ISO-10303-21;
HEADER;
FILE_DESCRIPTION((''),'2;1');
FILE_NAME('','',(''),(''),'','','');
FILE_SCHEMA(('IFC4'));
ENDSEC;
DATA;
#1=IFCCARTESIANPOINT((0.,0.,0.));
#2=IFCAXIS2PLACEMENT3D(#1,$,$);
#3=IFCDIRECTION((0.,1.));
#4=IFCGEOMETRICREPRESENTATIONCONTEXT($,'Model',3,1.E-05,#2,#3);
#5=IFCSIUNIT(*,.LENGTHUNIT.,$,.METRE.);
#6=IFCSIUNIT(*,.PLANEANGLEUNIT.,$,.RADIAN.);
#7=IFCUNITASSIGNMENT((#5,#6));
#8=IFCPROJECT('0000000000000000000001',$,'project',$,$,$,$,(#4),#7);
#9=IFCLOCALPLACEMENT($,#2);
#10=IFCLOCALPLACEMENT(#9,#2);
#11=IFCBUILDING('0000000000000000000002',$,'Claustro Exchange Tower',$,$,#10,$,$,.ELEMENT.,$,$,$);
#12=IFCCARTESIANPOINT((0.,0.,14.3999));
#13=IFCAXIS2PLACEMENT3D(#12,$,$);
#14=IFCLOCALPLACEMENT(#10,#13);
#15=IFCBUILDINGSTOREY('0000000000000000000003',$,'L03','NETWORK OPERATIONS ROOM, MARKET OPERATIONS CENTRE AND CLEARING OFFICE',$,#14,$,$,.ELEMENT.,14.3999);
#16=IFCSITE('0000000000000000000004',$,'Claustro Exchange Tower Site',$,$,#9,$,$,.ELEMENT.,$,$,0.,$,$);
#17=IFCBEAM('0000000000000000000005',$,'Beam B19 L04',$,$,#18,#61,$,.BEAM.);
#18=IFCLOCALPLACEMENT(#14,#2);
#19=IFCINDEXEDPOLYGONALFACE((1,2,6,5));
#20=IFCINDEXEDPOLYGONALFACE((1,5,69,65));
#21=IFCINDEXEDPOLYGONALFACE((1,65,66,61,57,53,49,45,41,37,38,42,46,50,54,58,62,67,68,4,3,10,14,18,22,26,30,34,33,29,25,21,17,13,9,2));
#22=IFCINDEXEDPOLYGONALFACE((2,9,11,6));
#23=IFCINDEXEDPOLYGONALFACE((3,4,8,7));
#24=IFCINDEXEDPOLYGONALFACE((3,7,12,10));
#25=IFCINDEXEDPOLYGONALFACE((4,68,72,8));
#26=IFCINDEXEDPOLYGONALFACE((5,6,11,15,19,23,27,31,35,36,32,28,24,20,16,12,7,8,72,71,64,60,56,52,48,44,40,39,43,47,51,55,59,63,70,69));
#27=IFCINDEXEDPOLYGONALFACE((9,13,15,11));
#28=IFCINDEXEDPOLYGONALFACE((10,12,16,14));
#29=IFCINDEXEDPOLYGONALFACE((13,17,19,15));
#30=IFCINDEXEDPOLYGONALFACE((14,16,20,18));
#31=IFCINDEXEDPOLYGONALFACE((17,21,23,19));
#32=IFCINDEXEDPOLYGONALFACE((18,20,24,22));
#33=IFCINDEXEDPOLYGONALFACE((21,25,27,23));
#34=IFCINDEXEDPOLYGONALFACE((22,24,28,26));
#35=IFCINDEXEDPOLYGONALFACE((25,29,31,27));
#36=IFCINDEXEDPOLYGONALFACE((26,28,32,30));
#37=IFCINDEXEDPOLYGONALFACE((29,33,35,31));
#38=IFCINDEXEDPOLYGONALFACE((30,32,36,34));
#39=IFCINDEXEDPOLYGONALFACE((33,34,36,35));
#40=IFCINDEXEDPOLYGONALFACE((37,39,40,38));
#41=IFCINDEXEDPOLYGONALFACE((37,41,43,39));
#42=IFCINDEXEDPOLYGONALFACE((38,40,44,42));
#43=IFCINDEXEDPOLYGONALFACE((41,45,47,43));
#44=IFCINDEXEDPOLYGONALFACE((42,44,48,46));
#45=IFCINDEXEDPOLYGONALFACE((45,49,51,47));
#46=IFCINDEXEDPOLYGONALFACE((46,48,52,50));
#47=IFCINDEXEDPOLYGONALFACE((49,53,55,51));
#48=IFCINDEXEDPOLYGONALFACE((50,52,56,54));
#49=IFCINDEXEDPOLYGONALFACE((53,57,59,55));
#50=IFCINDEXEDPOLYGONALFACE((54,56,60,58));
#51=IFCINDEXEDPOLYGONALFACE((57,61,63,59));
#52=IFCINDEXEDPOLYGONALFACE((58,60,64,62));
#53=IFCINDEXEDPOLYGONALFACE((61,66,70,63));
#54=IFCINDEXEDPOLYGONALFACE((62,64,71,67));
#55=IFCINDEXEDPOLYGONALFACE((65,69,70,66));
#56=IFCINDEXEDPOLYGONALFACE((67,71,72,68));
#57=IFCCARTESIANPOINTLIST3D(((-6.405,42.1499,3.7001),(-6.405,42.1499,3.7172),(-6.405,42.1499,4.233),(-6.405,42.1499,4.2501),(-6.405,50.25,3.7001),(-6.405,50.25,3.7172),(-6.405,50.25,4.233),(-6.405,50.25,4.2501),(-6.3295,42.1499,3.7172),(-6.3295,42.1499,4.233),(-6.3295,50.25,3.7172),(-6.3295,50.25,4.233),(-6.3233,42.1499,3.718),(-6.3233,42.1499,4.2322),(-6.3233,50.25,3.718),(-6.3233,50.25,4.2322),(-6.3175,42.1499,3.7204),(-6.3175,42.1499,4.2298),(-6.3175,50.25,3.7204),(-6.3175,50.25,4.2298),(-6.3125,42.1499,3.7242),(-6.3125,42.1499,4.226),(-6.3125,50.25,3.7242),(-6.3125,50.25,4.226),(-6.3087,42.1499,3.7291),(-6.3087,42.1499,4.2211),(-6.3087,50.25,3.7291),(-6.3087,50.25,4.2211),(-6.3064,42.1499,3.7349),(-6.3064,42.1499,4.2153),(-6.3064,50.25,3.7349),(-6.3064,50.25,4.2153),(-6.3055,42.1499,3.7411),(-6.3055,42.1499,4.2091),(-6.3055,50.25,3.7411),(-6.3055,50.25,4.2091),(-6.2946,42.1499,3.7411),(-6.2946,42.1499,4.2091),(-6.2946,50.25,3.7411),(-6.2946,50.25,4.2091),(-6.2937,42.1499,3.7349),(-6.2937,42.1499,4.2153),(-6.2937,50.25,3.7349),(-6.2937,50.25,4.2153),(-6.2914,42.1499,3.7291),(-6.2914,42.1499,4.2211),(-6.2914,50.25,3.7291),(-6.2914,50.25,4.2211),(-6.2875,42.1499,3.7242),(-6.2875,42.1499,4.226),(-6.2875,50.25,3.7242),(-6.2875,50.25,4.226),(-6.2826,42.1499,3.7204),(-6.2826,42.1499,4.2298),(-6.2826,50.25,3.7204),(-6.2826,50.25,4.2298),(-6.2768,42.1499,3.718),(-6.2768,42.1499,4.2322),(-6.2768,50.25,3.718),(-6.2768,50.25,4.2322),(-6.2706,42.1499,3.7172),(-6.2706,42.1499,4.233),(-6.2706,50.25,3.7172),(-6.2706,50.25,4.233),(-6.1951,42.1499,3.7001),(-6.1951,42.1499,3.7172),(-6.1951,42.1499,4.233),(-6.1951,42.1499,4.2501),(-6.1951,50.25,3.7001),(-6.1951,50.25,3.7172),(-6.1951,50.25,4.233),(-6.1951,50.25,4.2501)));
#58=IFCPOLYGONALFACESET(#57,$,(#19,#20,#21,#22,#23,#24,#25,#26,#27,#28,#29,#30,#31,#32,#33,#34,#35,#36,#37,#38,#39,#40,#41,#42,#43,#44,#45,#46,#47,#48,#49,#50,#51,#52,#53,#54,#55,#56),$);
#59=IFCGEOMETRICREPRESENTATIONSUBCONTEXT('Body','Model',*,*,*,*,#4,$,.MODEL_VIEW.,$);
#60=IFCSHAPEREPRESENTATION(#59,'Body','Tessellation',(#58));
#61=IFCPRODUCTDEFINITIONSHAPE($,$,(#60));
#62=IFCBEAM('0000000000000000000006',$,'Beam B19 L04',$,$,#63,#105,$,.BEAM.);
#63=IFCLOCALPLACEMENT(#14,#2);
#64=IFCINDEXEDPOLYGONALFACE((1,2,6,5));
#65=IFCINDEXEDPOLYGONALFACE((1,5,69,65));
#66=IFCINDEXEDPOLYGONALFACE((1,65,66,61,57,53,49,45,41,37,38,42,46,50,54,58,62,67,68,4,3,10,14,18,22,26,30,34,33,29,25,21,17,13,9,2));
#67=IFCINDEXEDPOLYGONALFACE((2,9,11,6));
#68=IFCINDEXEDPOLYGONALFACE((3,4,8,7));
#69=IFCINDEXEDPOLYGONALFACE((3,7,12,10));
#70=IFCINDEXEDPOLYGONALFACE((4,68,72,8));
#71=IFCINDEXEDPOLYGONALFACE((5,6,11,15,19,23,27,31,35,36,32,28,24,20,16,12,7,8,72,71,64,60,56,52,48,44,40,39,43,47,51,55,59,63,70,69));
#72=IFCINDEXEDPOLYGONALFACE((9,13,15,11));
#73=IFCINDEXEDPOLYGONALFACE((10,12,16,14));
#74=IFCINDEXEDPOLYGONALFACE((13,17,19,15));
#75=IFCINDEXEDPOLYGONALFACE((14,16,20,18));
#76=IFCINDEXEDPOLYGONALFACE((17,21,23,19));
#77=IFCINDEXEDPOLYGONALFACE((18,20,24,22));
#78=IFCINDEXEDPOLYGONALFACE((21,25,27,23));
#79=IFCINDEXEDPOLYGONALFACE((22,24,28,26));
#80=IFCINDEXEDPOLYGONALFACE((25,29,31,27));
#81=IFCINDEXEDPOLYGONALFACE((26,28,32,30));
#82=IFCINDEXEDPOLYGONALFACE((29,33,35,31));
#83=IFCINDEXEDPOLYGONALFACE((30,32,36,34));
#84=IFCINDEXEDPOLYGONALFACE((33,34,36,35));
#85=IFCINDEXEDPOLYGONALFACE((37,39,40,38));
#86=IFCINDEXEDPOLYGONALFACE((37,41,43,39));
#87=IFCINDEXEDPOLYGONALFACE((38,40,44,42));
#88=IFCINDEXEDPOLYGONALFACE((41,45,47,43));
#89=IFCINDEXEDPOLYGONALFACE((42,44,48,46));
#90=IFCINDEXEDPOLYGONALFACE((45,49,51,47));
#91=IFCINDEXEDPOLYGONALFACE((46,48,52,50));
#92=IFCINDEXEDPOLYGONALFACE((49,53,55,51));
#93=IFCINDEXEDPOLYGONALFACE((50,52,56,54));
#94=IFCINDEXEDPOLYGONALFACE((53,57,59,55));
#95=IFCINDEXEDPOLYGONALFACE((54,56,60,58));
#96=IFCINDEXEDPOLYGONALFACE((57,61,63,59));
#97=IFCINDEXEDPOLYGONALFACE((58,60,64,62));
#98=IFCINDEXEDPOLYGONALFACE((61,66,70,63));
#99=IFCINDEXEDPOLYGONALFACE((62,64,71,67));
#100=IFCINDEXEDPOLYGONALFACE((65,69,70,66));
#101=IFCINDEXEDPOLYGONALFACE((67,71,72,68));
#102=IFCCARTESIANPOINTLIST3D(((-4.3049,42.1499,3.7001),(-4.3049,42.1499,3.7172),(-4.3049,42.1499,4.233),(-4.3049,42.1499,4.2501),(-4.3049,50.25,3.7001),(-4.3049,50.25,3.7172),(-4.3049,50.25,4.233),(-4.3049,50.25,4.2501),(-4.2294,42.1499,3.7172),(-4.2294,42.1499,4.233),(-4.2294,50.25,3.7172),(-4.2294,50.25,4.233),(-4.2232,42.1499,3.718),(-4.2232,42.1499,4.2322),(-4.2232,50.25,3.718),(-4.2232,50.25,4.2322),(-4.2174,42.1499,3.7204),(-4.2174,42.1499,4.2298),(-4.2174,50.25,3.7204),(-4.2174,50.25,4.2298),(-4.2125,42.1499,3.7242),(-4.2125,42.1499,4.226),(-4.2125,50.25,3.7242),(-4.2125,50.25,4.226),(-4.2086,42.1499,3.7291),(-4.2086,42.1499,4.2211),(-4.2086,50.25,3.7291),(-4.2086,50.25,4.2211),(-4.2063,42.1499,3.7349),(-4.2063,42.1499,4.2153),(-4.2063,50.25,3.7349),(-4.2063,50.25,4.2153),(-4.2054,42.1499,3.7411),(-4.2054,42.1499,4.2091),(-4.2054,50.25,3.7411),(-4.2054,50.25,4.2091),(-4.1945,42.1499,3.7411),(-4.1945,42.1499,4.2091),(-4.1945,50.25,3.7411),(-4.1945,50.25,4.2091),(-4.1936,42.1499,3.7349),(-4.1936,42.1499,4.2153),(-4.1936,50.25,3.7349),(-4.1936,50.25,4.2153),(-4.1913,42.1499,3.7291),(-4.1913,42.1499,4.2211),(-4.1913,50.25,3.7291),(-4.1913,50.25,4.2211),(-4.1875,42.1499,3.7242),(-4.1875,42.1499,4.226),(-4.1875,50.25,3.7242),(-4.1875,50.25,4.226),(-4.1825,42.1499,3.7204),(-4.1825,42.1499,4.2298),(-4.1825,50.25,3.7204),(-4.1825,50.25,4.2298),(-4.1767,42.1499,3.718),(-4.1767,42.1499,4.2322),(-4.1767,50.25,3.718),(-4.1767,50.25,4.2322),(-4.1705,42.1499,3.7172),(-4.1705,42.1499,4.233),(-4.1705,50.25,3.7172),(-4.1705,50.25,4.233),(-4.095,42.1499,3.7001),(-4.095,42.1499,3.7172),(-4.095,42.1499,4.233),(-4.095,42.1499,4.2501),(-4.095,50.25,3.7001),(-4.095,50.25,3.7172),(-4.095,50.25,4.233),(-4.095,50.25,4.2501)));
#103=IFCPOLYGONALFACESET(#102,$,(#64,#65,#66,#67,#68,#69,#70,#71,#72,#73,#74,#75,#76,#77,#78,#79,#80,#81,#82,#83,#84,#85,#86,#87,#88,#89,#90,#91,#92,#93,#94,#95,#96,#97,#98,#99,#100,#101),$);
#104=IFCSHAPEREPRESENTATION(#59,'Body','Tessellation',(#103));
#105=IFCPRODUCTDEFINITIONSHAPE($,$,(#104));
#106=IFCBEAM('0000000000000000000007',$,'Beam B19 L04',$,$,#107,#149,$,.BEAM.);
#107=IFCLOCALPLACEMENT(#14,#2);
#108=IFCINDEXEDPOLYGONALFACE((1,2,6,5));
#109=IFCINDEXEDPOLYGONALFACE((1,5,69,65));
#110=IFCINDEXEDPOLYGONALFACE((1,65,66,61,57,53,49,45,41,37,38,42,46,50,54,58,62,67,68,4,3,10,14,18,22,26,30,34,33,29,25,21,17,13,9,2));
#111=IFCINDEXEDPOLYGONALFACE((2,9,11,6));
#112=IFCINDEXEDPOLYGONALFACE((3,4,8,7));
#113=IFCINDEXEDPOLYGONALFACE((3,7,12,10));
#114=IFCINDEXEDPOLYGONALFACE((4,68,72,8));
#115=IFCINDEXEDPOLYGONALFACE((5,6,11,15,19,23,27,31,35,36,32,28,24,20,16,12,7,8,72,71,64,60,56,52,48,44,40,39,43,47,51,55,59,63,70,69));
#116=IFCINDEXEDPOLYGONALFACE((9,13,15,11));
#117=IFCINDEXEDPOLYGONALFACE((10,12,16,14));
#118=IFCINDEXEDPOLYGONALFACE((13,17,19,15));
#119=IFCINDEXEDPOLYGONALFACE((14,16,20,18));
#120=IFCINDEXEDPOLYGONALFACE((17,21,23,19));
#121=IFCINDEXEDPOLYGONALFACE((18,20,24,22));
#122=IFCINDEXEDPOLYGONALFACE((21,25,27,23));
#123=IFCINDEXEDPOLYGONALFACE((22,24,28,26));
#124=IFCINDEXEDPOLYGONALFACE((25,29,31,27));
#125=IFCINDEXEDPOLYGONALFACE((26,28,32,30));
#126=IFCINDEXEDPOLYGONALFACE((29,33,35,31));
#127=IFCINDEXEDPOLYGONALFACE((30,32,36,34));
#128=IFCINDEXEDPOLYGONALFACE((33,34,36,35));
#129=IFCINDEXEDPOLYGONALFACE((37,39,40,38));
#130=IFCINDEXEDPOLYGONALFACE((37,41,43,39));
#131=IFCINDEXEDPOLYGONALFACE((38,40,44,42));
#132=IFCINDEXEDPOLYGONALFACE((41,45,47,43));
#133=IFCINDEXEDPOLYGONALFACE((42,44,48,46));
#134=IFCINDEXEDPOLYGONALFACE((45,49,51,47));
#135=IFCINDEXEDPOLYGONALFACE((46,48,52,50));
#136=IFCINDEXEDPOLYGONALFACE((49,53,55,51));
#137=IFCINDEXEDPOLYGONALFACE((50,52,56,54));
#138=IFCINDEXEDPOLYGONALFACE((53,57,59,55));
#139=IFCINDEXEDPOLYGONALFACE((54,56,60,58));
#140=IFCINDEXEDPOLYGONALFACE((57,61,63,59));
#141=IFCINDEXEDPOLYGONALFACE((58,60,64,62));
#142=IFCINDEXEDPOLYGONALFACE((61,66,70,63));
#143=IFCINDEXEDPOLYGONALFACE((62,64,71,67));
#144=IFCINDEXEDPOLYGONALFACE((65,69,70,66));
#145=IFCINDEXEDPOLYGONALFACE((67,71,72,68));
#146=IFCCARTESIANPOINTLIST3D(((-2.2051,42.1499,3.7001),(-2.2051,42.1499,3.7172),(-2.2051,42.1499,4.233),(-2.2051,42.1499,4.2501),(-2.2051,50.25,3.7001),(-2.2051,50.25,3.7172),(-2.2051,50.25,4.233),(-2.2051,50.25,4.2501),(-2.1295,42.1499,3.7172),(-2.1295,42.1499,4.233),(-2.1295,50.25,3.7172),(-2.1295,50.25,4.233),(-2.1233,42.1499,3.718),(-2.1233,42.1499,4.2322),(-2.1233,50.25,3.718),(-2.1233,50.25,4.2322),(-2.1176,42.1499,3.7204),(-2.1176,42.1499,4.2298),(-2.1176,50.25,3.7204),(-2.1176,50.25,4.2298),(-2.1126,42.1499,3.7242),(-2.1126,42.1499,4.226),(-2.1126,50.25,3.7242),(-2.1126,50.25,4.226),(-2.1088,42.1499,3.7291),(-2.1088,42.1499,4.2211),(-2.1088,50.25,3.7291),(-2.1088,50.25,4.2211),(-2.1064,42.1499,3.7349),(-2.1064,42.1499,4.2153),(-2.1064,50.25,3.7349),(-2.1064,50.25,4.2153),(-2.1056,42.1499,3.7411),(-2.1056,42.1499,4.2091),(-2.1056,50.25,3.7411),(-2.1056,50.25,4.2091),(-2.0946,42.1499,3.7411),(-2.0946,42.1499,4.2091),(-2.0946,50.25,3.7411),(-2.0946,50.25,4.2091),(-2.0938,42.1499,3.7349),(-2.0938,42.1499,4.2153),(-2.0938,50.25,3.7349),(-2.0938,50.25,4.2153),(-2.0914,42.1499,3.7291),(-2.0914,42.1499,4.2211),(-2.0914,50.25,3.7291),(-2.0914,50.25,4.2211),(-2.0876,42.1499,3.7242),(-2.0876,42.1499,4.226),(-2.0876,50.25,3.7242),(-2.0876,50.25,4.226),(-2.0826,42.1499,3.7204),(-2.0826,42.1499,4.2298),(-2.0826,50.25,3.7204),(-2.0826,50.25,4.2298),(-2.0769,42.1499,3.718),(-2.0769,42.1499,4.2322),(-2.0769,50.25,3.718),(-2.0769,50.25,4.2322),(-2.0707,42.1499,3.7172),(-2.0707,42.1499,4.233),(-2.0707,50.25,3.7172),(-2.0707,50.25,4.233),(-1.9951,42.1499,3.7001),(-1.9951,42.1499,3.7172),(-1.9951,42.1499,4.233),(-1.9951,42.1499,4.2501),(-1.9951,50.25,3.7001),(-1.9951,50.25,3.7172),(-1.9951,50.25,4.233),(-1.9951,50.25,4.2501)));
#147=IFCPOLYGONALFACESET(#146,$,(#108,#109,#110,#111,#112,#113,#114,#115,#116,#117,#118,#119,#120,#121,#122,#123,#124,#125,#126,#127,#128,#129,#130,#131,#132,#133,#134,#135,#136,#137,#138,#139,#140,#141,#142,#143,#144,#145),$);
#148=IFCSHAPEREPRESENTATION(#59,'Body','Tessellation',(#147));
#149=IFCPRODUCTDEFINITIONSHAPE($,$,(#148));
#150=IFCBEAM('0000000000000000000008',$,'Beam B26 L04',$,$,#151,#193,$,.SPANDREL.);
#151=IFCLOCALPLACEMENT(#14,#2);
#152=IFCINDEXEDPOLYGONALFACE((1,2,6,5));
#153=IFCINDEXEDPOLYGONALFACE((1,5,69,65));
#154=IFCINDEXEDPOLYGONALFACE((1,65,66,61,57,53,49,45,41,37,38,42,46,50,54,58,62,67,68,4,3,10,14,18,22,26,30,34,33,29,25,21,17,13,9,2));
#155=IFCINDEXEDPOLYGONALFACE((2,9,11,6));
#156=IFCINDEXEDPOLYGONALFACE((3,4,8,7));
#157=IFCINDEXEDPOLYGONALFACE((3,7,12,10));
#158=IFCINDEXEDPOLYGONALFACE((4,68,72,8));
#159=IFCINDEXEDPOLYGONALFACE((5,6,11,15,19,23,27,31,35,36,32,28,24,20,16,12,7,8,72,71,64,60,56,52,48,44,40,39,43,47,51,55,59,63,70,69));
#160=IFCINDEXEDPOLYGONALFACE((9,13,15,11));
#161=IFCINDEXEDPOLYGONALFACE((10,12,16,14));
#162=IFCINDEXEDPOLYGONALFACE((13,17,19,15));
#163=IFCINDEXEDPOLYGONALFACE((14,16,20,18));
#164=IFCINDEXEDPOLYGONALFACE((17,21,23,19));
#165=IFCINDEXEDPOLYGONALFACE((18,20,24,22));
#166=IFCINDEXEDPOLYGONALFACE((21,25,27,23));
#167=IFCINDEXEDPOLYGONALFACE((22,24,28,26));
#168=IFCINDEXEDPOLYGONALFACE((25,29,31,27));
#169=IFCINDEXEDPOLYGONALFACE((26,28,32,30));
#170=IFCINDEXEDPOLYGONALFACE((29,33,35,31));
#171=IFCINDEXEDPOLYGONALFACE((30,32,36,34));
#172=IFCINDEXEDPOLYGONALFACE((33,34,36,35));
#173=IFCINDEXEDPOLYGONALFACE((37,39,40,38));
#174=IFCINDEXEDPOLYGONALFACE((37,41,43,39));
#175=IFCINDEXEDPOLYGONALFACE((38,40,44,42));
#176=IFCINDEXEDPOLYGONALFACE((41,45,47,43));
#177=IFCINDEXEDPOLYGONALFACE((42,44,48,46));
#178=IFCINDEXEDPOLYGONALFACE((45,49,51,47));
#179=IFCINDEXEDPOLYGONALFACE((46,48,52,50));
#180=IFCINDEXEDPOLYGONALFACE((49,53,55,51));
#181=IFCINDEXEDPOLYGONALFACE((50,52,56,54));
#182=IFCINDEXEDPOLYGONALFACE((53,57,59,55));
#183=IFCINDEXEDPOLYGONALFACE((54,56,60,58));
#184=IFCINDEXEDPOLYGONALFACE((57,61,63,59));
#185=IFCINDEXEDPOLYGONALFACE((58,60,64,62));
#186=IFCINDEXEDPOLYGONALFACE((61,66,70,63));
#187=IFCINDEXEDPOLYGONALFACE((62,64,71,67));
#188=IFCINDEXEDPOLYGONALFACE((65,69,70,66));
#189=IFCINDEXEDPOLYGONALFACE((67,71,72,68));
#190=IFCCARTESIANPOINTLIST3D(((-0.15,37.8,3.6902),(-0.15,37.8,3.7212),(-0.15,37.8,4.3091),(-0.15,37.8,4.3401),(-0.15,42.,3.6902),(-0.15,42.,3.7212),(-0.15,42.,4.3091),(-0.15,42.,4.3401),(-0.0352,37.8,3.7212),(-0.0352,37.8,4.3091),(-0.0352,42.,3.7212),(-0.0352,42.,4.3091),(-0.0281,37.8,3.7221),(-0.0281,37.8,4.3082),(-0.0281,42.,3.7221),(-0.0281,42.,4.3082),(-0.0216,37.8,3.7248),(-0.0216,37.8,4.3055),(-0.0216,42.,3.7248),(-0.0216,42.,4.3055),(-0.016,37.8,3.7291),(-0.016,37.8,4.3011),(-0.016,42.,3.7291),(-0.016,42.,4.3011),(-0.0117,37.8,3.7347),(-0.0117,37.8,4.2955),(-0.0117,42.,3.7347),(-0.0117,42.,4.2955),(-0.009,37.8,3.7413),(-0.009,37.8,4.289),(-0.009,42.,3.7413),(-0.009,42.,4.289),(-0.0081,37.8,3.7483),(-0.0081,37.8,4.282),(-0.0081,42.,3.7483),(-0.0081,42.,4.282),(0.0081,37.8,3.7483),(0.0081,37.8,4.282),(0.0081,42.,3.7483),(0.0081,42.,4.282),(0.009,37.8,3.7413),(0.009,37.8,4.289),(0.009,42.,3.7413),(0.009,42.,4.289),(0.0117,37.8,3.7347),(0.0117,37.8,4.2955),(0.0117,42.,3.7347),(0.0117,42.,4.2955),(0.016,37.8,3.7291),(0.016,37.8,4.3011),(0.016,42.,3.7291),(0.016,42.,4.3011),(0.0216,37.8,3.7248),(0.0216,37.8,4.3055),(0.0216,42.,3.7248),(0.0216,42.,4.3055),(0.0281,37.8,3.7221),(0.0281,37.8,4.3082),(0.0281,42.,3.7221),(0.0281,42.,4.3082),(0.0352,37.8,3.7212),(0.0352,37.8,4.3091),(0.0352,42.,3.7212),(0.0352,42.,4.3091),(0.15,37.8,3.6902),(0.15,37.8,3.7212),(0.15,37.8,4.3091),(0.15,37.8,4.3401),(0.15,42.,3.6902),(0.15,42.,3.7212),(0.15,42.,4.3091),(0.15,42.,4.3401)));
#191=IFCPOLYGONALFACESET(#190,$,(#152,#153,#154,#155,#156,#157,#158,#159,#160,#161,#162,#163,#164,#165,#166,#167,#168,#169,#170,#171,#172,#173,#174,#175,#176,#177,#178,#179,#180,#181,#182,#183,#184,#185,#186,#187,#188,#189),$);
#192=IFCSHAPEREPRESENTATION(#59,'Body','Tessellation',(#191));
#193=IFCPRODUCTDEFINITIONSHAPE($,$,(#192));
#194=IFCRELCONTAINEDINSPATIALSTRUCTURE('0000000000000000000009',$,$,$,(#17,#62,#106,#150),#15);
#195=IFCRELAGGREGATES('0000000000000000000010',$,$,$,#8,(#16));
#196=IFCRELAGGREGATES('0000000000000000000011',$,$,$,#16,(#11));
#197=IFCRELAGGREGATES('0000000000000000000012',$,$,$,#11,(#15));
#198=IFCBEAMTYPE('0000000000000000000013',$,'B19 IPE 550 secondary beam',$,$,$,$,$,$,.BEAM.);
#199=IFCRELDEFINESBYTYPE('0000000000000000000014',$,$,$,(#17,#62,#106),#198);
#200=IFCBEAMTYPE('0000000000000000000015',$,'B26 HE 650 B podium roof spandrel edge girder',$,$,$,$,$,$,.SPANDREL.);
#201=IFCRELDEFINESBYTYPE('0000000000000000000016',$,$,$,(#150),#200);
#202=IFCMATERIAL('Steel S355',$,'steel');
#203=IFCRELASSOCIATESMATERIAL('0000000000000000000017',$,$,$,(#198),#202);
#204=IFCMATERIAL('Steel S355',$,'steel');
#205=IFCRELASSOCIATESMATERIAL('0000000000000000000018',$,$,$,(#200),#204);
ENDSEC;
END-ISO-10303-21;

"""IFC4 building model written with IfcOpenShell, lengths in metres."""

from ifc_helpers import new_model, si_unit, direction, frame, origin, origin_2d, place, context, subcontext, project, spatial, i_section, extrude, material, material_profile, profile_set, type_object, element, save


model = new_model("IFC4")

# Units and contexts
model_context = context("Model", 3, precision=1e-05, world=origin(), true_north=direction((0.0, 1.0)))
body_context = subcontext(model_context, "Body", "Model", "MODEL_VIEW")
ifc_project = project(units=[si_unit("LENGTHUNIT", "METRE"), si_unit("PLANEANGLEUNIT", "RADIAN")], contexts=[model_context])

# Site, building, storey
site_placement = place(None, origin())
site = spatial("IfcSite", under=ifc_project, at=site_placement, Name="Claustro Exchange Tower Site", CompositionType="ELEMENT", RefElevation=0.0)
building_placement = place(site_placement, origin())
building = spatial("IfcBuilding", under=site, at=building_placement, Name="Claustro Exchange Tower", CompositionType="ELEMENT")
storey_placement = place(building_placement, frame((0.0, 0.0, 14.3999)))
storey = spatial("IfcBuildingStorey", under=building, at=storey_placement, Name="L03", Description="NETWORK OPERATIONS ROOM, MARKET OPERATIONS CENTRE AND CLEARING OFFICE", CompositionType="ELEMENT", Elevation=14.3999)

# Beams
ifc_material_1 = material(Name="Steel S355", Category="steel")
ifc_material_profile_1 = material_profile(ifc_material_1, i_section(OverallWidth=0.21, OverallDepth=0.55, WebThickness=0.011, FlangeThickness=0.0171, FilletRadius=0.0239, at=origin_2d()), Name="IPE 550")
ifc_profile_set_1 = profile_set([ifc_material_profile_1], Name="Steel S355")
beam_type_1 = type_object("IfcBeamType", Name="B19 IPE 550 secondary beam", PredefinedType="BEAM", material=ifc_profile_set_1)
for number, where, z_axis, x_axis, name in (
    (1, (-6.3, 42.1499, 3.9751), (0.0, 1.0, 0.0), (-1.0, 0.0, 0.0), "Beam B19 L04"),
    (2, (-4.2, 42.1499, 3.9751), (0.0, 1.0, 0.0), (-1.0, 0.0, 0.0), "Beam B19 L04"),
    (3, (-2.1001, 42.1499, 3.9751), (0.0, 1.0, 0.0), (-1.0, 0.0, 0.0), "Beam B19 L04"),
):
    element("IfcBeam", number, at=place(storey_placement, frame(where, z_axis=z_axis, x_axis=x_axis)), inside=storey, type_object=beam_type_1, Name=name, PredefinedType="BEAM", context=body_context, shape_type="SweptSolid", body=[
        extrude(i_section(OverallWidth=0.21, OverallDepth=0.55, WebThickness=0.011, FlangeThickness=0.0171, FilletRadius=0.0239, at=origin_2d()), origin(), (0.0, 0.0, 1.0), 8.1001),
    ])
ifc_material_2 = material(Name="Steel S355", Category="steel")
ifc_material_profile_2 = material_profile(ifc_material_2, i_section(OverallWidth=0.3, OverallDepth=0.6499, WebThickness=0.0161, FlangeThickness=0.031, FilletRadius=0.0271, at=origin_2d()), Name="HE 650 B")
ifc_profile_set_2 = profile_set([ifc_material_profile_2], Name="Steel S355")
beam_type_2 = type_object("IfcBeamType", Name="B26 HE 650 B podium roof spandrel edge girder", PredefinedType="SPANDREL", material=ifc_profile_set_2)
beam_1_placement = place(storey_placement, frame((0.0, 37.8, 4.0151), z_axis=(0.0, 1.0, 0.0), x_axis=(-1.0, 0.0, 0.0)))
element("IfcBeam", 4, at=beam_1_placement, inside=storey, type_object=beam_type_2, Name="Beam B26 L04", PredefinedType="SPANDREL", context=body_context, shape_type="SweptSolid", body=[
    extrude(i_section(OverallWidth=0.3, OverallDepth=0.6499, WebThickness=0.0161, FlangeThickness=0.031, FilletRadius=0.0271, at=origin_2d()), origin(), (0.0, 0.0, 1.0), 4.2),
])

save(model, "model.ifc")
